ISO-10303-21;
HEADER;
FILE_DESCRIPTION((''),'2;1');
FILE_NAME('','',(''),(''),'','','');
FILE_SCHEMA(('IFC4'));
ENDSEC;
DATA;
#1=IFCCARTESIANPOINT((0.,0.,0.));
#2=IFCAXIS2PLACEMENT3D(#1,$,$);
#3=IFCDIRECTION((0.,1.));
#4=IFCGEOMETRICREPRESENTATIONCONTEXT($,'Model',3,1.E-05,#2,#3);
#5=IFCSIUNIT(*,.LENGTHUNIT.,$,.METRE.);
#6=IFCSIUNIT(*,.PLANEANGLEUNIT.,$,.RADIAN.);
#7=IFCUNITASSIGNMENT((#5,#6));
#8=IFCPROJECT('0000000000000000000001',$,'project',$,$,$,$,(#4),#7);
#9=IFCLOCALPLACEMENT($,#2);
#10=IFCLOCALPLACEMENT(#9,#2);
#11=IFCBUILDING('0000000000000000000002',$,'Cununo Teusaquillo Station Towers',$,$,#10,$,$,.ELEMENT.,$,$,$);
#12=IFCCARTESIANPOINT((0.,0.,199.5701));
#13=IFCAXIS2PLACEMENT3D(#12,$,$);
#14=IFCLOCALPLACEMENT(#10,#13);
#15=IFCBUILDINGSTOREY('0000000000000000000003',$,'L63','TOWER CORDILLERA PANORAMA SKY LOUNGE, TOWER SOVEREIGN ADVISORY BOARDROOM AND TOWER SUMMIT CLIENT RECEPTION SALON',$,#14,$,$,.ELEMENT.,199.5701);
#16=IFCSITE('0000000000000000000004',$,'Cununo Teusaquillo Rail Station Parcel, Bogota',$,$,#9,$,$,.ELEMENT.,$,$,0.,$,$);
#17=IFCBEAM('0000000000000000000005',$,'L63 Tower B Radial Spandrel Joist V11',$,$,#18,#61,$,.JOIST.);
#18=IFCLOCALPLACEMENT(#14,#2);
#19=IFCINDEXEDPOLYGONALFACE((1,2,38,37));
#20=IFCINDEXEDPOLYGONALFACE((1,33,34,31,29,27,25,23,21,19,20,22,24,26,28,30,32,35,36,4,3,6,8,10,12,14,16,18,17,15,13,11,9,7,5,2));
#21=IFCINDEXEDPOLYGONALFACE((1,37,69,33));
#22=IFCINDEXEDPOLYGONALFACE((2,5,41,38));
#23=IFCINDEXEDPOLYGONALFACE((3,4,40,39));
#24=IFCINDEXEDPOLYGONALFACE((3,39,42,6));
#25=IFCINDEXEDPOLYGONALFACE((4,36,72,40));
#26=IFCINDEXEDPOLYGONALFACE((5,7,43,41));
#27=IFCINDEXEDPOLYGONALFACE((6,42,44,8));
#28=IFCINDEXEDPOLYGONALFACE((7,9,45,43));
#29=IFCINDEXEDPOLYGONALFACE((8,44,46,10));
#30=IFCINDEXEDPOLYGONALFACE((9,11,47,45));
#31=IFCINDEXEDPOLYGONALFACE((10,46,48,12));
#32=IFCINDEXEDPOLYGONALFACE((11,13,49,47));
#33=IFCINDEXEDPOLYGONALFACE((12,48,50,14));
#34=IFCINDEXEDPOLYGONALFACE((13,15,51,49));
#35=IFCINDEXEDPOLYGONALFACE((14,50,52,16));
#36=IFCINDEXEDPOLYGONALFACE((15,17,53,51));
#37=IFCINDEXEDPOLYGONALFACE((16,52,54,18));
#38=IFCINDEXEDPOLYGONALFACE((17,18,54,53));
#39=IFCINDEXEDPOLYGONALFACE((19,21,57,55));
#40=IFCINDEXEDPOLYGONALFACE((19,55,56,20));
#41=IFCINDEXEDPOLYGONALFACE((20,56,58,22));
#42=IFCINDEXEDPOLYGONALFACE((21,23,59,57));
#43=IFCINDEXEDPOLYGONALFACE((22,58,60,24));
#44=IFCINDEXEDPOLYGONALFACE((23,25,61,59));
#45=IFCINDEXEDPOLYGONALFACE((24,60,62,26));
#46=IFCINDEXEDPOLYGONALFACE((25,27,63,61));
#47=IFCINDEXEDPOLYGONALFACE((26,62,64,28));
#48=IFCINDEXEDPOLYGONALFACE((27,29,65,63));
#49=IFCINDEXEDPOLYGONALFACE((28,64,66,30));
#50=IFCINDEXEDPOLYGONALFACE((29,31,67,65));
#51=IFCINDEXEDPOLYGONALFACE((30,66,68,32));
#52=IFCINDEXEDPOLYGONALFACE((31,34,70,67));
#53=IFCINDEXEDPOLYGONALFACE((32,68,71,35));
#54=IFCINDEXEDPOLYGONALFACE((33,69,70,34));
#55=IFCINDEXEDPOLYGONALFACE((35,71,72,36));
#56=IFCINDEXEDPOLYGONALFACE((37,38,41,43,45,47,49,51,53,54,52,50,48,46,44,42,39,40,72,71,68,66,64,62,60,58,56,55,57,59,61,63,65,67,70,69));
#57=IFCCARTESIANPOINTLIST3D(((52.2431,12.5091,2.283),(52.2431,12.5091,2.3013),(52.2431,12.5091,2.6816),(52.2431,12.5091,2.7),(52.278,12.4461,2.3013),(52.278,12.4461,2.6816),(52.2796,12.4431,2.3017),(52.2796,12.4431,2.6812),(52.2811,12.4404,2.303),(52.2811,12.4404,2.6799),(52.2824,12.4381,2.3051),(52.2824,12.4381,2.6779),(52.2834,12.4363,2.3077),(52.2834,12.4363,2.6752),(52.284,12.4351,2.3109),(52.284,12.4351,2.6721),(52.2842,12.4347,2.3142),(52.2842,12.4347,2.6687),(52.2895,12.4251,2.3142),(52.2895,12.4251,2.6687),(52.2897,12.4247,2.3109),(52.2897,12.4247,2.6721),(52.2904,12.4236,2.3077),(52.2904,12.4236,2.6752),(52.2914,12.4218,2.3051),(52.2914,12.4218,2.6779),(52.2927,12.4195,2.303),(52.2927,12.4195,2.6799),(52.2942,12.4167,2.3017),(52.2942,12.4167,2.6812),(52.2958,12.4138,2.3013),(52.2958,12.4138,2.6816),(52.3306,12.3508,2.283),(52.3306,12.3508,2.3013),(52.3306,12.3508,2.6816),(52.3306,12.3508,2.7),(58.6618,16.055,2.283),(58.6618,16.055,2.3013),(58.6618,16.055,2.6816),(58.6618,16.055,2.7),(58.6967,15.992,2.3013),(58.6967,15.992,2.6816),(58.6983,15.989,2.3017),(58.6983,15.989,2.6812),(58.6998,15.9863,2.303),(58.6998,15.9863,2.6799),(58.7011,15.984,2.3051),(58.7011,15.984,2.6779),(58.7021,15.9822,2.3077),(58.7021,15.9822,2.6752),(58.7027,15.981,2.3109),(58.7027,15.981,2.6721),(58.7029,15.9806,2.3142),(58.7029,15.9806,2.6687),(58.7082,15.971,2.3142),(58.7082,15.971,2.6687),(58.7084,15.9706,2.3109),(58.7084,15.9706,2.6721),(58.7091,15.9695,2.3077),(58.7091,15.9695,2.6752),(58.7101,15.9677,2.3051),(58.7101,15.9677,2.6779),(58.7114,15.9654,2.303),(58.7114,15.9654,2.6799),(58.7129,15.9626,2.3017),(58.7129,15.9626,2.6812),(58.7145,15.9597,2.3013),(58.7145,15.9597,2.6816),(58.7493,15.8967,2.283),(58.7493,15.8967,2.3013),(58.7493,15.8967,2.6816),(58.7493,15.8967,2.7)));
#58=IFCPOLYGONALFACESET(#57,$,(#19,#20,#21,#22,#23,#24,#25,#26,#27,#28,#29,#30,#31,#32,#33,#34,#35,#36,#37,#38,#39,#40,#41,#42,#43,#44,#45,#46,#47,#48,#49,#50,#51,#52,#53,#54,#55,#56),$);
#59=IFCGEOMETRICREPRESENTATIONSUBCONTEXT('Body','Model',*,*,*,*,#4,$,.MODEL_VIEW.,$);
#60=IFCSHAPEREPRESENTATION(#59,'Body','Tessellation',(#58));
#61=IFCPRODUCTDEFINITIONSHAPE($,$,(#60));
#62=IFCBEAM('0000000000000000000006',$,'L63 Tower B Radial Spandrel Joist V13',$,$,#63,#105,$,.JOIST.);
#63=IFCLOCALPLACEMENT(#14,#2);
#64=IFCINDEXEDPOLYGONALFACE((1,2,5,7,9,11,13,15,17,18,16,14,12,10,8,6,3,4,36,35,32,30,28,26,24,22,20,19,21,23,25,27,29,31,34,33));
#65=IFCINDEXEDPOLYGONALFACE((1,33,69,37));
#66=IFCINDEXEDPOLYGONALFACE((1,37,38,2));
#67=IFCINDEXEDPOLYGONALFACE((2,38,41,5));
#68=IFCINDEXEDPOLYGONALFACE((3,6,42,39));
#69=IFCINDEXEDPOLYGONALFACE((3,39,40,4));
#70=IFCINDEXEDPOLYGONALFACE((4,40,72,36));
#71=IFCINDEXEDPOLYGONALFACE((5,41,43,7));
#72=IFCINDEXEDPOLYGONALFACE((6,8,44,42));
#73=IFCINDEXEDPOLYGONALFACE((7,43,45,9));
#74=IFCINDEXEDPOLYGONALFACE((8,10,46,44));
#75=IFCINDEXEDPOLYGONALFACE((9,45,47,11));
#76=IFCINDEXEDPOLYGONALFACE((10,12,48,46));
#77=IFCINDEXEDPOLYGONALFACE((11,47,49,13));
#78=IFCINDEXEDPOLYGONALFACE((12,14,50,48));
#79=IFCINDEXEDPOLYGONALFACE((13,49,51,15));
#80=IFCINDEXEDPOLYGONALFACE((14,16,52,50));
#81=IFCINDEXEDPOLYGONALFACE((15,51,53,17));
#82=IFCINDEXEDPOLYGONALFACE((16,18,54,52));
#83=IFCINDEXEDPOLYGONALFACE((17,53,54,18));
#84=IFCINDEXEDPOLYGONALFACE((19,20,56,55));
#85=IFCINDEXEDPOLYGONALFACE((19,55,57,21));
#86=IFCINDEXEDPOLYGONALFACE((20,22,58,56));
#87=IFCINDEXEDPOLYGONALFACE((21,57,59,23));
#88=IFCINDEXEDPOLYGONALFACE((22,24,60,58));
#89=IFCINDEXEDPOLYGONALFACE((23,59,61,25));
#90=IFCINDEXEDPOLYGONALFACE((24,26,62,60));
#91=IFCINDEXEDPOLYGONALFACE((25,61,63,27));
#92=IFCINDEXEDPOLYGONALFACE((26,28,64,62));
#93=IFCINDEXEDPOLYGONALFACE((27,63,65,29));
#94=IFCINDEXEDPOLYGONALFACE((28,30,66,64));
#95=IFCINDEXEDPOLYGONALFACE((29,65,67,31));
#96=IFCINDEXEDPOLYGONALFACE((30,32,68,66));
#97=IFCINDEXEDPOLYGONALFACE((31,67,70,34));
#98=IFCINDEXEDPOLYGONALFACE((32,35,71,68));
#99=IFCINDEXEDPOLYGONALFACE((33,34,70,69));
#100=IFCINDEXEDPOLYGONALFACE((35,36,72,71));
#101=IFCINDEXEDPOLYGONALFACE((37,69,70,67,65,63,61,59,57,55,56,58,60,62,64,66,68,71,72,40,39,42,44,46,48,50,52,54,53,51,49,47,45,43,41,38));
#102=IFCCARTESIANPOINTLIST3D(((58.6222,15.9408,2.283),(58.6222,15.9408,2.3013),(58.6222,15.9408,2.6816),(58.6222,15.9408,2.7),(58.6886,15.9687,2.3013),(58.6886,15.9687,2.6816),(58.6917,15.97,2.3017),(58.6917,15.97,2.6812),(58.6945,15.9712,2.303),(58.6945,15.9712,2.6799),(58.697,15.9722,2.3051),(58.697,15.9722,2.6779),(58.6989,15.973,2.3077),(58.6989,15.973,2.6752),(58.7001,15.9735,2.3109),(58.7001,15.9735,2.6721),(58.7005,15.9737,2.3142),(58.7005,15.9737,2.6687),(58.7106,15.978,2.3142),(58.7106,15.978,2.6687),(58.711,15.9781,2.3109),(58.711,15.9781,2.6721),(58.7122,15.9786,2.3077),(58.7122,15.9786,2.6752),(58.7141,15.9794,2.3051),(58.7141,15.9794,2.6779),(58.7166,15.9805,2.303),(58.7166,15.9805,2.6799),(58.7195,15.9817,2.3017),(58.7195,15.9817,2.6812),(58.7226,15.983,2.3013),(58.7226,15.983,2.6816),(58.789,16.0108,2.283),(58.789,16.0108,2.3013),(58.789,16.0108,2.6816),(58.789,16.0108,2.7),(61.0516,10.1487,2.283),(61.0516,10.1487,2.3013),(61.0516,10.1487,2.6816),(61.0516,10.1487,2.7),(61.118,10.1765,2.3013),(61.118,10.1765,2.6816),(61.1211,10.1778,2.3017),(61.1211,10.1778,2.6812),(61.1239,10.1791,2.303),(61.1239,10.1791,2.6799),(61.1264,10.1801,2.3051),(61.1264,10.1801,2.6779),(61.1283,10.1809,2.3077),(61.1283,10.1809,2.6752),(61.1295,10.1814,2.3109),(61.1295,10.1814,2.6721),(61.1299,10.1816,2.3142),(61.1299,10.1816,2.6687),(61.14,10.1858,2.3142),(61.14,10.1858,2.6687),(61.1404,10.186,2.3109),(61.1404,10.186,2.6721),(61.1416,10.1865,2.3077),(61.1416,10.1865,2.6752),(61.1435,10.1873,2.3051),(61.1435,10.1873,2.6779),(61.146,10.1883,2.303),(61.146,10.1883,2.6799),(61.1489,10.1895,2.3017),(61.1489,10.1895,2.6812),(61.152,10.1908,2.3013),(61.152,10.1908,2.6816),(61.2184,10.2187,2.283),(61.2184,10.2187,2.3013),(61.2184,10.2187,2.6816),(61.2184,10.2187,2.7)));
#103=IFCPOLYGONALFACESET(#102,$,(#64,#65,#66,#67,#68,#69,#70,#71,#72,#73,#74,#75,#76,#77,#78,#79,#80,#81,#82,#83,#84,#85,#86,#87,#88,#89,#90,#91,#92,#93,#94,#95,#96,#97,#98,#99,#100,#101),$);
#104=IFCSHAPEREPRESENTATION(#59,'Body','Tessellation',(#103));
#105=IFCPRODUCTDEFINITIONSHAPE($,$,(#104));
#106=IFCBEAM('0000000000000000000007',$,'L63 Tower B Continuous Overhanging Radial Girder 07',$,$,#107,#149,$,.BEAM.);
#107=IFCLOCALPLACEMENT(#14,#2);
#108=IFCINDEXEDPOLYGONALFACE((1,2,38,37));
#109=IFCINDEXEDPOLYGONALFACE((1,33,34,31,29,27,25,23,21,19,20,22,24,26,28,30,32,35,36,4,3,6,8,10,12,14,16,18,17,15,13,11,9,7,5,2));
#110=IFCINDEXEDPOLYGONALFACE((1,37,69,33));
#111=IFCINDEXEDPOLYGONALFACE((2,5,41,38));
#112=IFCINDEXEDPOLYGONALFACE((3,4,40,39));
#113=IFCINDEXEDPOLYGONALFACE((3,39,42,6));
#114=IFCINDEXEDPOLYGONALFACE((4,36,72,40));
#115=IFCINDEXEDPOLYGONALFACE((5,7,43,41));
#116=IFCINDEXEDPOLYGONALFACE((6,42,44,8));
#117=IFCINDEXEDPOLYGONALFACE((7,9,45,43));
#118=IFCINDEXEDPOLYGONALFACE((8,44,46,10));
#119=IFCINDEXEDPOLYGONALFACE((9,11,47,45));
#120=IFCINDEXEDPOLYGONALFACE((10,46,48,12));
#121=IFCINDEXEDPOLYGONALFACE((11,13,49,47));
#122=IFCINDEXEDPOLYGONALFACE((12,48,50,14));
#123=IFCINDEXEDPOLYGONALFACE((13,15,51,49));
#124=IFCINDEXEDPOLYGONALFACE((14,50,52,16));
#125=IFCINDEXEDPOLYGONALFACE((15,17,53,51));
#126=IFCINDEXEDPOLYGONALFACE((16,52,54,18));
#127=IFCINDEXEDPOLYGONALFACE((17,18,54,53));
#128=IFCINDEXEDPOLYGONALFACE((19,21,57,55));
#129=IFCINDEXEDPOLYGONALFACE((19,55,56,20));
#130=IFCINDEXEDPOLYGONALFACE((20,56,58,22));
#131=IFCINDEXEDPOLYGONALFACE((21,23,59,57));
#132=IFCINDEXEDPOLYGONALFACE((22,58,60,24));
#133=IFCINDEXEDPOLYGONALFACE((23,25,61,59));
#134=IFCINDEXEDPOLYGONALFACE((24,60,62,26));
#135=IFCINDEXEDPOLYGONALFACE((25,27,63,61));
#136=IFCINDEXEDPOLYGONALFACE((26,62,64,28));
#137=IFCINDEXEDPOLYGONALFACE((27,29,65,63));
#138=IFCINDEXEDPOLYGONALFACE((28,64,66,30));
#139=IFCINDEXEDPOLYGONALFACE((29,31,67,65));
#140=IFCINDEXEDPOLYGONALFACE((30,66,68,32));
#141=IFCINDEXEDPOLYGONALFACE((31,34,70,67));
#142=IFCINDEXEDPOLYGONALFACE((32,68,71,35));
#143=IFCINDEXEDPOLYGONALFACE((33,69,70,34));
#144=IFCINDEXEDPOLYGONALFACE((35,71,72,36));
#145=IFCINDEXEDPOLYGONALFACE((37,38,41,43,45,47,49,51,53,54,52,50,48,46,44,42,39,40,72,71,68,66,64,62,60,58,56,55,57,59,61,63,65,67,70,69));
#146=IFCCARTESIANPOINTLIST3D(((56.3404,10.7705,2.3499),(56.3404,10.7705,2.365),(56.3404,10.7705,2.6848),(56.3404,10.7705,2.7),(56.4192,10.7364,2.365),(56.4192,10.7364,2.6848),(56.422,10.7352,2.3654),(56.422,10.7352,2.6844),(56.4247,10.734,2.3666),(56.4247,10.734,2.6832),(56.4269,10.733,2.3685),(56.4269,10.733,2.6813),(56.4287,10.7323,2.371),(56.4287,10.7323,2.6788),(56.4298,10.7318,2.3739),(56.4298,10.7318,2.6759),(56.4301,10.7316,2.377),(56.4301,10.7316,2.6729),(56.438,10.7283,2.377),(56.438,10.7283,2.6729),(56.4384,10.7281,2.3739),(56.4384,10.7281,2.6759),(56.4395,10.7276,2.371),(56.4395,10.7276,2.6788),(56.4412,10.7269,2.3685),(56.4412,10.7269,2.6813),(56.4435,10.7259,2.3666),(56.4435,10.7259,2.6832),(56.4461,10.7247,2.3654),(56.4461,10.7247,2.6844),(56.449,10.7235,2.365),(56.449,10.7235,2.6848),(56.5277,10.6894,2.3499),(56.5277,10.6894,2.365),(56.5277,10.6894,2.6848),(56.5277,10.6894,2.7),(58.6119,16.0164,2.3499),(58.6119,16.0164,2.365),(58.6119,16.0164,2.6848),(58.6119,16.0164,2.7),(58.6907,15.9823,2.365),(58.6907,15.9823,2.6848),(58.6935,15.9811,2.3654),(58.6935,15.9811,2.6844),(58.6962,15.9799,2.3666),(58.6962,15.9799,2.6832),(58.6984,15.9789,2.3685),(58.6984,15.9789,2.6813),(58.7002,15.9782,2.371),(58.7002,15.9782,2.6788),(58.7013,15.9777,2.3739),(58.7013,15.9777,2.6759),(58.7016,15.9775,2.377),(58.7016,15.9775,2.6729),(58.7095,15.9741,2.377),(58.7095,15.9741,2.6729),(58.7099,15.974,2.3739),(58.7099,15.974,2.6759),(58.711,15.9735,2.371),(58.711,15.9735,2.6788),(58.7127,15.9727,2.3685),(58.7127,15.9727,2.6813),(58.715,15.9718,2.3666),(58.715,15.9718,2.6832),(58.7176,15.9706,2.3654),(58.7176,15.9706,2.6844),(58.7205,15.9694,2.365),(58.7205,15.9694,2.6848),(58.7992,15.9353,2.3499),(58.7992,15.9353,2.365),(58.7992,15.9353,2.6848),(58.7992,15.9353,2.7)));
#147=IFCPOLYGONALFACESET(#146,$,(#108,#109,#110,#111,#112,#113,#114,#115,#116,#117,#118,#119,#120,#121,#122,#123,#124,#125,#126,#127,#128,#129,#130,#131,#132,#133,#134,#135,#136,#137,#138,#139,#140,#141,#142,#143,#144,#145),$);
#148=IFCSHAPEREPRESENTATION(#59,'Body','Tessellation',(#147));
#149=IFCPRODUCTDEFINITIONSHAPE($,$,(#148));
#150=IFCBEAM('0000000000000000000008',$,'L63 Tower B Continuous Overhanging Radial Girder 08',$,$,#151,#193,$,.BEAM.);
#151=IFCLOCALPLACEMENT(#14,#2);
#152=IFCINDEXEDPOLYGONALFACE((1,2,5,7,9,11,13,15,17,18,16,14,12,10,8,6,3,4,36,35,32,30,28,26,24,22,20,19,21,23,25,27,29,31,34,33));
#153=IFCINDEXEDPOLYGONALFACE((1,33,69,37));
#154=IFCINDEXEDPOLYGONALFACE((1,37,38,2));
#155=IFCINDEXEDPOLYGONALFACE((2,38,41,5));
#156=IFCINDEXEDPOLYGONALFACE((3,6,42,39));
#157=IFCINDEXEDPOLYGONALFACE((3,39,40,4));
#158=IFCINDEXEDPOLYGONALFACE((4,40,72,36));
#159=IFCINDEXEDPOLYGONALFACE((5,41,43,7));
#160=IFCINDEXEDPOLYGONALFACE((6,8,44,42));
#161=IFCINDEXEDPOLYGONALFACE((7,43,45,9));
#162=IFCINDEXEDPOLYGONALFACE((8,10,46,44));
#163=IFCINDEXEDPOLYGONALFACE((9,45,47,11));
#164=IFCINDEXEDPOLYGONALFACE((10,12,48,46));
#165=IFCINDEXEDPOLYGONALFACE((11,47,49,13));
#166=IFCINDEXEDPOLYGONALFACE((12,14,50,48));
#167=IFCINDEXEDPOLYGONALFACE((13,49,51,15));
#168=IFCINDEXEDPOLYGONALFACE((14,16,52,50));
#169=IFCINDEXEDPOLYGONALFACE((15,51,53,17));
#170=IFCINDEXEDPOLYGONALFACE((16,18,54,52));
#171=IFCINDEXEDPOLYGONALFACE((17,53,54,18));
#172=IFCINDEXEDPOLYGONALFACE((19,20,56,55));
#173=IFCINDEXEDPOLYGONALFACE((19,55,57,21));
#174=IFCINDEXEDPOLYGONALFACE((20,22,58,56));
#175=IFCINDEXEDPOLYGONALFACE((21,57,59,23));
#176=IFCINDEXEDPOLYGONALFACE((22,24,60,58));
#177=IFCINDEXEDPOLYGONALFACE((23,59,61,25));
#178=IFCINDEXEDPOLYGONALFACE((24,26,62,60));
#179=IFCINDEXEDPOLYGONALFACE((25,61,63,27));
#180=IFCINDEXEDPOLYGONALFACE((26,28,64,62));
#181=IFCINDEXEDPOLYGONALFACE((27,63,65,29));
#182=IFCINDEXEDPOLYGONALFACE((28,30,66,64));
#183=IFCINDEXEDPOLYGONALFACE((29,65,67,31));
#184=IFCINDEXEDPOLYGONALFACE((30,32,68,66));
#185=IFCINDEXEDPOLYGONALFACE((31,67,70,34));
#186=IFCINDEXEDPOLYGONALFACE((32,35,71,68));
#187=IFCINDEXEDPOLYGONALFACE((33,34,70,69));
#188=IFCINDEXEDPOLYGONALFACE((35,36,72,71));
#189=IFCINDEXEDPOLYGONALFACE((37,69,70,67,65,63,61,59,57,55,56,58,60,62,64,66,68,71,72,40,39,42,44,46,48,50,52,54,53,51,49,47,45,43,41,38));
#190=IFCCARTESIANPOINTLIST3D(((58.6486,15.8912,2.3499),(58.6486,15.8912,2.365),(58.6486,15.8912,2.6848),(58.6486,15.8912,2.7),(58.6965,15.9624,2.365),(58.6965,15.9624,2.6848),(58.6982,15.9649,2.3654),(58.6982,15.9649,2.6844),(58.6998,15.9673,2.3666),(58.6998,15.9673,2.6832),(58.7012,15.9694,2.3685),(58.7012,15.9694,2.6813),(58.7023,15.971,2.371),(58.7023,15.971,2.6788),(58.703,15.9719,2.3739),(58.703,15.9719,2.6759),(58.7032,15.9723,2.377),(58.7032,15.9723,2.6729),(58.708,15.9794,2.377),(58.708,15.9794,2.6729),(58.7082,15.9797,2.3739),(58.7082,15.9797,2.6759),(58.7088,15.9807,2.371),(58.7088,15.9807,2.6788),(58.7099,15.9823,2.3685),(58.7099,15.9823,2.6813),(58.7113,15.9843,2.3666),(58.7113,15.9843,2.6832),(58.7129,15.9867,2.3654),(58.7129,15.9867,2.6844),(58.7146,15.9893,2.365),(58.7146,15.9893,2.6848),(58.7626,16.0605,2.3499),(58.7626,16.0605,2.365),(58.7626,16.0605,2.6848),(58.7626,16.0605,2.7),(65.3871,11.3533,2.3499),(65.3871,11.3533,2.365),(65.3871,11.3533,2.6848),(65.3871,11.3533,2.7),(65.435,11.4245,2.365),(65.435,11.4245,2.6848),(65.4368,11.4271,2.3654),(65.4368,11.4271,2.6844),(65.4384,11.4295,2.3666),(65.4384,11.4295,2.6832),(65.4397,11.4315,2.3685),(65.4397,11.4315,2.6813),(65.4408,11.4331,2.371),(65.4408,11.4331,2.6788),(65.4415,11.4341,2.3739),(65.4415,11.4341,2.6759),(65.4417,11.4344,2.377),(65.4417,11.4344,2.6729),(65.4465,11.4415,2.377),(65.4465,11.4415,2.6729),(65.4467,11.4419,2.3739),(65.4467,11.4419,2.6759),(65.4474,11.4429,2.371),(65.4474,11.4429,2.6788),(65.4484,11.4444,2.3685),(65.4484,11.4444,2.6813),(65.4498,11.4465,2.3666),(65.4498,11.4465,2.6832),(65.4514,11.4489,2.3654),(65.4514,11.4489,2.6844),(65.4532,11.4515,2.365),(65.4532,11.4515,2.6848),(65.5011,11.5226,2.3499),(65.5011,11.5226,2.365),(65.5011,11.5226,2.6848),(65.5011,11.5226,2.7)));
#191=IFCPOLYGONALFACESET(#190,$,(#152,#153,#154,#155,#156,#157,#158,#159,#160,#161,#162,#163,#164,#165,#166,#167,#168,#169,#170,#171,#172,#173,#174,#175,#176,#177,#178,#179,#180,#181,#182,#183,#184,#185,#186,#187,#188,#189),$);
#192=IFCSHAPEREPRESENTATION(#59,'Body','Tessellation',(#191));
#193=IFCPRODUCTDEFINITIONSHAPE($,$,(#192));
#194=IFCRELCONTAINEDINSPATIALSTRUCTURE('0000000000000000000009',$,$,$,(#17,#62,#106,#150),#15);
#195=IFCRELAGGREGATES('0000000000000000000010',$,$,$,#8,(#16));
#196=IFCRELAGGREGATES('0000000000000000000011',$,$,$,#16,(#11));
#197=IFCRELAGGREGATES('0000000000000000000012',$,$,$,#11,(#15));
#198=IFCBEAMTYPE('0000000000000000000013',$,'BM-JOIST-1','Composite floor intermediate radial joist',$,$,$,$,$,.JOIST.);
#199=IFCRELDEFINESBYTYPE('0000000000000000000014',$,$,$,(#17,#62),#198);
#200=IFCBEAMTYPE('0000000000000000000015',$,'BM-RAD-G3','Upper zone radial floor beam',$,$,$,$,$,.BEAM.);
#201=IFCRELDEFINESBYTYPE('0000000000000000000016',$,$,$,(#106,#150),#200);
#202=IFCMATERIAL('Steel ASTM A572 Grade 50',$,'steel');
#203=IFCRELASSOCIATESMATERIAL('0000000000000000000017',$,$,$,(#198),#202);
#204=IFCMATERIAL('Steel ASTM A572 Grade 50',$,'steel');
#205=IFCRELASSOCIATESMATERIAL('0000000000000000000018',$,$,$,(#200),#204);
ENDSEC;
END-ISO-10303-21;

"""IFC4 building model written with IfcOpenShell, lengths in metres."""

from ifc_helpers import new_model, si_unit, direction, frame, origin, origin_2d, place, context, subcontext, project, spatial, i_section, extrude, material, material_profile, profile_set, type_object, element, save


model = new_model("IFC4")

# Units and contexts
model_context = context("Model", 3, precision=1e-05, world=origin(), true_north=direction((0.0, 1.0)))
body_context = subcontext(model_context, "Body", "Model", "MODEL_VIEW")
ifc_project = project(units=[si_unit("LENGTHUNIT", "METRE"), si_unit("PLANEANGLEUNIT", "RADIAN")], contexts=[model_context])

# Site, building, storey
site_placement = place(None, origin())
site = spatial("IfcSite", under=ifc_project, at=site_placement, Name="Cununo Teusaquillo Rail Station Parcel, Bogota", CompositionType="ELEMENT", RefElevation=0.0)
building_placement = place(site_placement, origin())
building = spatial("IfcBuilding", under=site, at=building_placement, Name="Cununo Teusaquillo Station Towers", CompositionType="ELEMENT")
storey_placement = place(building_placement, frame((0.0, 0.0, 199.5701)))
storey = spatial("IfcBuildingStorey", under=building, at=storey_placement, Name="L63", Description="TOWER CORDILLERA PANORAMA SKY LOUNGE, TOWER SOVEREIGN ADVISORY BOARDROOM AND TOWER SUMMIT CLIENT RECEPTION SALON", CompositionType="ELEMENT", Elevation=199.5701)

# Beams
ifc_material_1 = material(Name="Steel ASTM A572 Grade 50", Category="steel")
ifc_material_profile_1 = material_profile(ifc_material_1, i_section(OverallWidth=0.1809, OverallDepth=0.417, WebThickness=0.011, FlangeThickness=0.0183, FilletRadius=0.0129, at=origin_2d()), Name="W16X57")
ifc_profile_set_1 = profile_set([ifc_material_profile_1], Name="Steel ASTM A572 Grade 50")
beam_type_1 = type_object("IfcBeamType", Name="BM-JOIST-1", Description="Composite floor intermediate radial joist", PredefinedType="JOIST", material=ifc_profile_set_1)
beam_1_placement = place(storey_placement, frame((58.7056, 15.9758, 2.4915), z_axis=(-0.875315, -0.483553, 0.0), x_axis=(0.483553, -0.875315, 0.0)))
element("IfcBeam", 1, at=beam_1_placement, inside=storey, type_object=beam_type_1, Name="L63 Tower B Radial Spandrel Joist V11", PredefinedType="JOIST", context=body_context, shape_type="SweptSolid", body=[
    extrude(i_section(OverallWidth=0.1809, OverallDepth=0.417, WebThickness=0.011, FlangeThickness=0.0183, FilletRadius=0.0129, at=origin_2d()), origin(), (0.0, 0.0, 1.0), 7.333),
])
beam_2_placement = place(storey_placement, frame((58.7056, 15.9758, 2.4915), z_axis=(0.386786, -0.922169, 0.0), x_axis=(0.922169, 0.386786, 0.0)))
element("IfcBeam", 2, at=beam_2_placement, inside=storey, type_object=beam_type_1, Name="L63 Tower B Radial Spandrel Joist V13", PredefinedType="JOIST", context=body_context, shape_type="SweptSolid", body=[
    extrude(i_section(OverallWidth=0.1809, OverallDepth=0.417, WebThickness=0.011, FlangeThickness=0.0183, FilletRadius=0.0129, at=origin_2d()), origin(), (0.0, 0.0, 1.0), 6.281),
])
ifc_material_2 = material(Name="Steel ASTM A572 Grade 50", Category="steel")
ifc_material_profile_2 = material_profile(ifc_material_2, i_section(OverallWidth=0.2041, OverallDepth=0.3501, WebThickness=0.0085, FlangeThickness=0.0151, FilletRadius=0.012, at=origin_2d()), Name="W14X48")
ifc_profile_set_2 = profile_set([ifc_material_profile_2], Name="Steel ASTM A572 Grade 50")
beam_type_2 = type_object("IfcBeamType", Name="BM-RAD-G3", Description="Upper zone radial floor beam", PredefinedType="BEAM", material=ifc_profile_set_2)
beam_3_placement = place(storey_placement, frame((58.7056, 15.9758, 2.5249), z_axis=(-0.397355, -0.917665, 0.0), x_axis=(0.917665, -0.397355, 0.0)))
element("IfcBeam", 3, at=beam_3_placement, inside=storey, type_object=beam_type_2, Name="L63 Tower B Continuous Overhanging Radial Girder 07", PredefinedType="BEAM", context=body_context, shape_type="SweptSolid", body=[
    extrude(i_section(OverallWidth=0.2041, OverallDepth=0.3501, WebThickness=0.0085, FlangeThickness=0.0151, FilletRadius=0.012, at=origin_2d()), origin(), (0.0, 0.0, 1.0), 5.7166),
])
beam_4_placement = place(storey_placement, frame((58.7056, 15.9758, 2.5249), z_axis=(0.829457, -0.558571, 0.0), x_axis=(0.558571, 0.829457, 0.0)))
element("IfcBeam", 4, at=beam_4_placement, inside=storey, type_object=beam_type_2, Name="L63 Tower B Continuous Overhanging Radial Girder 08", PredefinedType="BEAM", context=body_context, shape_type="SweptSolid", body=[
    extrude(i_section(OverallWidth=0.2041, OverallDepth=0.3501, WebThickness=0.0085, FlangeThickness=0.0151, FilletRadius=0.012, at=origin_2d()), origin(), (0.0, 0.0, 1.0), 8.124),
])

save(model, "model.ifc")
